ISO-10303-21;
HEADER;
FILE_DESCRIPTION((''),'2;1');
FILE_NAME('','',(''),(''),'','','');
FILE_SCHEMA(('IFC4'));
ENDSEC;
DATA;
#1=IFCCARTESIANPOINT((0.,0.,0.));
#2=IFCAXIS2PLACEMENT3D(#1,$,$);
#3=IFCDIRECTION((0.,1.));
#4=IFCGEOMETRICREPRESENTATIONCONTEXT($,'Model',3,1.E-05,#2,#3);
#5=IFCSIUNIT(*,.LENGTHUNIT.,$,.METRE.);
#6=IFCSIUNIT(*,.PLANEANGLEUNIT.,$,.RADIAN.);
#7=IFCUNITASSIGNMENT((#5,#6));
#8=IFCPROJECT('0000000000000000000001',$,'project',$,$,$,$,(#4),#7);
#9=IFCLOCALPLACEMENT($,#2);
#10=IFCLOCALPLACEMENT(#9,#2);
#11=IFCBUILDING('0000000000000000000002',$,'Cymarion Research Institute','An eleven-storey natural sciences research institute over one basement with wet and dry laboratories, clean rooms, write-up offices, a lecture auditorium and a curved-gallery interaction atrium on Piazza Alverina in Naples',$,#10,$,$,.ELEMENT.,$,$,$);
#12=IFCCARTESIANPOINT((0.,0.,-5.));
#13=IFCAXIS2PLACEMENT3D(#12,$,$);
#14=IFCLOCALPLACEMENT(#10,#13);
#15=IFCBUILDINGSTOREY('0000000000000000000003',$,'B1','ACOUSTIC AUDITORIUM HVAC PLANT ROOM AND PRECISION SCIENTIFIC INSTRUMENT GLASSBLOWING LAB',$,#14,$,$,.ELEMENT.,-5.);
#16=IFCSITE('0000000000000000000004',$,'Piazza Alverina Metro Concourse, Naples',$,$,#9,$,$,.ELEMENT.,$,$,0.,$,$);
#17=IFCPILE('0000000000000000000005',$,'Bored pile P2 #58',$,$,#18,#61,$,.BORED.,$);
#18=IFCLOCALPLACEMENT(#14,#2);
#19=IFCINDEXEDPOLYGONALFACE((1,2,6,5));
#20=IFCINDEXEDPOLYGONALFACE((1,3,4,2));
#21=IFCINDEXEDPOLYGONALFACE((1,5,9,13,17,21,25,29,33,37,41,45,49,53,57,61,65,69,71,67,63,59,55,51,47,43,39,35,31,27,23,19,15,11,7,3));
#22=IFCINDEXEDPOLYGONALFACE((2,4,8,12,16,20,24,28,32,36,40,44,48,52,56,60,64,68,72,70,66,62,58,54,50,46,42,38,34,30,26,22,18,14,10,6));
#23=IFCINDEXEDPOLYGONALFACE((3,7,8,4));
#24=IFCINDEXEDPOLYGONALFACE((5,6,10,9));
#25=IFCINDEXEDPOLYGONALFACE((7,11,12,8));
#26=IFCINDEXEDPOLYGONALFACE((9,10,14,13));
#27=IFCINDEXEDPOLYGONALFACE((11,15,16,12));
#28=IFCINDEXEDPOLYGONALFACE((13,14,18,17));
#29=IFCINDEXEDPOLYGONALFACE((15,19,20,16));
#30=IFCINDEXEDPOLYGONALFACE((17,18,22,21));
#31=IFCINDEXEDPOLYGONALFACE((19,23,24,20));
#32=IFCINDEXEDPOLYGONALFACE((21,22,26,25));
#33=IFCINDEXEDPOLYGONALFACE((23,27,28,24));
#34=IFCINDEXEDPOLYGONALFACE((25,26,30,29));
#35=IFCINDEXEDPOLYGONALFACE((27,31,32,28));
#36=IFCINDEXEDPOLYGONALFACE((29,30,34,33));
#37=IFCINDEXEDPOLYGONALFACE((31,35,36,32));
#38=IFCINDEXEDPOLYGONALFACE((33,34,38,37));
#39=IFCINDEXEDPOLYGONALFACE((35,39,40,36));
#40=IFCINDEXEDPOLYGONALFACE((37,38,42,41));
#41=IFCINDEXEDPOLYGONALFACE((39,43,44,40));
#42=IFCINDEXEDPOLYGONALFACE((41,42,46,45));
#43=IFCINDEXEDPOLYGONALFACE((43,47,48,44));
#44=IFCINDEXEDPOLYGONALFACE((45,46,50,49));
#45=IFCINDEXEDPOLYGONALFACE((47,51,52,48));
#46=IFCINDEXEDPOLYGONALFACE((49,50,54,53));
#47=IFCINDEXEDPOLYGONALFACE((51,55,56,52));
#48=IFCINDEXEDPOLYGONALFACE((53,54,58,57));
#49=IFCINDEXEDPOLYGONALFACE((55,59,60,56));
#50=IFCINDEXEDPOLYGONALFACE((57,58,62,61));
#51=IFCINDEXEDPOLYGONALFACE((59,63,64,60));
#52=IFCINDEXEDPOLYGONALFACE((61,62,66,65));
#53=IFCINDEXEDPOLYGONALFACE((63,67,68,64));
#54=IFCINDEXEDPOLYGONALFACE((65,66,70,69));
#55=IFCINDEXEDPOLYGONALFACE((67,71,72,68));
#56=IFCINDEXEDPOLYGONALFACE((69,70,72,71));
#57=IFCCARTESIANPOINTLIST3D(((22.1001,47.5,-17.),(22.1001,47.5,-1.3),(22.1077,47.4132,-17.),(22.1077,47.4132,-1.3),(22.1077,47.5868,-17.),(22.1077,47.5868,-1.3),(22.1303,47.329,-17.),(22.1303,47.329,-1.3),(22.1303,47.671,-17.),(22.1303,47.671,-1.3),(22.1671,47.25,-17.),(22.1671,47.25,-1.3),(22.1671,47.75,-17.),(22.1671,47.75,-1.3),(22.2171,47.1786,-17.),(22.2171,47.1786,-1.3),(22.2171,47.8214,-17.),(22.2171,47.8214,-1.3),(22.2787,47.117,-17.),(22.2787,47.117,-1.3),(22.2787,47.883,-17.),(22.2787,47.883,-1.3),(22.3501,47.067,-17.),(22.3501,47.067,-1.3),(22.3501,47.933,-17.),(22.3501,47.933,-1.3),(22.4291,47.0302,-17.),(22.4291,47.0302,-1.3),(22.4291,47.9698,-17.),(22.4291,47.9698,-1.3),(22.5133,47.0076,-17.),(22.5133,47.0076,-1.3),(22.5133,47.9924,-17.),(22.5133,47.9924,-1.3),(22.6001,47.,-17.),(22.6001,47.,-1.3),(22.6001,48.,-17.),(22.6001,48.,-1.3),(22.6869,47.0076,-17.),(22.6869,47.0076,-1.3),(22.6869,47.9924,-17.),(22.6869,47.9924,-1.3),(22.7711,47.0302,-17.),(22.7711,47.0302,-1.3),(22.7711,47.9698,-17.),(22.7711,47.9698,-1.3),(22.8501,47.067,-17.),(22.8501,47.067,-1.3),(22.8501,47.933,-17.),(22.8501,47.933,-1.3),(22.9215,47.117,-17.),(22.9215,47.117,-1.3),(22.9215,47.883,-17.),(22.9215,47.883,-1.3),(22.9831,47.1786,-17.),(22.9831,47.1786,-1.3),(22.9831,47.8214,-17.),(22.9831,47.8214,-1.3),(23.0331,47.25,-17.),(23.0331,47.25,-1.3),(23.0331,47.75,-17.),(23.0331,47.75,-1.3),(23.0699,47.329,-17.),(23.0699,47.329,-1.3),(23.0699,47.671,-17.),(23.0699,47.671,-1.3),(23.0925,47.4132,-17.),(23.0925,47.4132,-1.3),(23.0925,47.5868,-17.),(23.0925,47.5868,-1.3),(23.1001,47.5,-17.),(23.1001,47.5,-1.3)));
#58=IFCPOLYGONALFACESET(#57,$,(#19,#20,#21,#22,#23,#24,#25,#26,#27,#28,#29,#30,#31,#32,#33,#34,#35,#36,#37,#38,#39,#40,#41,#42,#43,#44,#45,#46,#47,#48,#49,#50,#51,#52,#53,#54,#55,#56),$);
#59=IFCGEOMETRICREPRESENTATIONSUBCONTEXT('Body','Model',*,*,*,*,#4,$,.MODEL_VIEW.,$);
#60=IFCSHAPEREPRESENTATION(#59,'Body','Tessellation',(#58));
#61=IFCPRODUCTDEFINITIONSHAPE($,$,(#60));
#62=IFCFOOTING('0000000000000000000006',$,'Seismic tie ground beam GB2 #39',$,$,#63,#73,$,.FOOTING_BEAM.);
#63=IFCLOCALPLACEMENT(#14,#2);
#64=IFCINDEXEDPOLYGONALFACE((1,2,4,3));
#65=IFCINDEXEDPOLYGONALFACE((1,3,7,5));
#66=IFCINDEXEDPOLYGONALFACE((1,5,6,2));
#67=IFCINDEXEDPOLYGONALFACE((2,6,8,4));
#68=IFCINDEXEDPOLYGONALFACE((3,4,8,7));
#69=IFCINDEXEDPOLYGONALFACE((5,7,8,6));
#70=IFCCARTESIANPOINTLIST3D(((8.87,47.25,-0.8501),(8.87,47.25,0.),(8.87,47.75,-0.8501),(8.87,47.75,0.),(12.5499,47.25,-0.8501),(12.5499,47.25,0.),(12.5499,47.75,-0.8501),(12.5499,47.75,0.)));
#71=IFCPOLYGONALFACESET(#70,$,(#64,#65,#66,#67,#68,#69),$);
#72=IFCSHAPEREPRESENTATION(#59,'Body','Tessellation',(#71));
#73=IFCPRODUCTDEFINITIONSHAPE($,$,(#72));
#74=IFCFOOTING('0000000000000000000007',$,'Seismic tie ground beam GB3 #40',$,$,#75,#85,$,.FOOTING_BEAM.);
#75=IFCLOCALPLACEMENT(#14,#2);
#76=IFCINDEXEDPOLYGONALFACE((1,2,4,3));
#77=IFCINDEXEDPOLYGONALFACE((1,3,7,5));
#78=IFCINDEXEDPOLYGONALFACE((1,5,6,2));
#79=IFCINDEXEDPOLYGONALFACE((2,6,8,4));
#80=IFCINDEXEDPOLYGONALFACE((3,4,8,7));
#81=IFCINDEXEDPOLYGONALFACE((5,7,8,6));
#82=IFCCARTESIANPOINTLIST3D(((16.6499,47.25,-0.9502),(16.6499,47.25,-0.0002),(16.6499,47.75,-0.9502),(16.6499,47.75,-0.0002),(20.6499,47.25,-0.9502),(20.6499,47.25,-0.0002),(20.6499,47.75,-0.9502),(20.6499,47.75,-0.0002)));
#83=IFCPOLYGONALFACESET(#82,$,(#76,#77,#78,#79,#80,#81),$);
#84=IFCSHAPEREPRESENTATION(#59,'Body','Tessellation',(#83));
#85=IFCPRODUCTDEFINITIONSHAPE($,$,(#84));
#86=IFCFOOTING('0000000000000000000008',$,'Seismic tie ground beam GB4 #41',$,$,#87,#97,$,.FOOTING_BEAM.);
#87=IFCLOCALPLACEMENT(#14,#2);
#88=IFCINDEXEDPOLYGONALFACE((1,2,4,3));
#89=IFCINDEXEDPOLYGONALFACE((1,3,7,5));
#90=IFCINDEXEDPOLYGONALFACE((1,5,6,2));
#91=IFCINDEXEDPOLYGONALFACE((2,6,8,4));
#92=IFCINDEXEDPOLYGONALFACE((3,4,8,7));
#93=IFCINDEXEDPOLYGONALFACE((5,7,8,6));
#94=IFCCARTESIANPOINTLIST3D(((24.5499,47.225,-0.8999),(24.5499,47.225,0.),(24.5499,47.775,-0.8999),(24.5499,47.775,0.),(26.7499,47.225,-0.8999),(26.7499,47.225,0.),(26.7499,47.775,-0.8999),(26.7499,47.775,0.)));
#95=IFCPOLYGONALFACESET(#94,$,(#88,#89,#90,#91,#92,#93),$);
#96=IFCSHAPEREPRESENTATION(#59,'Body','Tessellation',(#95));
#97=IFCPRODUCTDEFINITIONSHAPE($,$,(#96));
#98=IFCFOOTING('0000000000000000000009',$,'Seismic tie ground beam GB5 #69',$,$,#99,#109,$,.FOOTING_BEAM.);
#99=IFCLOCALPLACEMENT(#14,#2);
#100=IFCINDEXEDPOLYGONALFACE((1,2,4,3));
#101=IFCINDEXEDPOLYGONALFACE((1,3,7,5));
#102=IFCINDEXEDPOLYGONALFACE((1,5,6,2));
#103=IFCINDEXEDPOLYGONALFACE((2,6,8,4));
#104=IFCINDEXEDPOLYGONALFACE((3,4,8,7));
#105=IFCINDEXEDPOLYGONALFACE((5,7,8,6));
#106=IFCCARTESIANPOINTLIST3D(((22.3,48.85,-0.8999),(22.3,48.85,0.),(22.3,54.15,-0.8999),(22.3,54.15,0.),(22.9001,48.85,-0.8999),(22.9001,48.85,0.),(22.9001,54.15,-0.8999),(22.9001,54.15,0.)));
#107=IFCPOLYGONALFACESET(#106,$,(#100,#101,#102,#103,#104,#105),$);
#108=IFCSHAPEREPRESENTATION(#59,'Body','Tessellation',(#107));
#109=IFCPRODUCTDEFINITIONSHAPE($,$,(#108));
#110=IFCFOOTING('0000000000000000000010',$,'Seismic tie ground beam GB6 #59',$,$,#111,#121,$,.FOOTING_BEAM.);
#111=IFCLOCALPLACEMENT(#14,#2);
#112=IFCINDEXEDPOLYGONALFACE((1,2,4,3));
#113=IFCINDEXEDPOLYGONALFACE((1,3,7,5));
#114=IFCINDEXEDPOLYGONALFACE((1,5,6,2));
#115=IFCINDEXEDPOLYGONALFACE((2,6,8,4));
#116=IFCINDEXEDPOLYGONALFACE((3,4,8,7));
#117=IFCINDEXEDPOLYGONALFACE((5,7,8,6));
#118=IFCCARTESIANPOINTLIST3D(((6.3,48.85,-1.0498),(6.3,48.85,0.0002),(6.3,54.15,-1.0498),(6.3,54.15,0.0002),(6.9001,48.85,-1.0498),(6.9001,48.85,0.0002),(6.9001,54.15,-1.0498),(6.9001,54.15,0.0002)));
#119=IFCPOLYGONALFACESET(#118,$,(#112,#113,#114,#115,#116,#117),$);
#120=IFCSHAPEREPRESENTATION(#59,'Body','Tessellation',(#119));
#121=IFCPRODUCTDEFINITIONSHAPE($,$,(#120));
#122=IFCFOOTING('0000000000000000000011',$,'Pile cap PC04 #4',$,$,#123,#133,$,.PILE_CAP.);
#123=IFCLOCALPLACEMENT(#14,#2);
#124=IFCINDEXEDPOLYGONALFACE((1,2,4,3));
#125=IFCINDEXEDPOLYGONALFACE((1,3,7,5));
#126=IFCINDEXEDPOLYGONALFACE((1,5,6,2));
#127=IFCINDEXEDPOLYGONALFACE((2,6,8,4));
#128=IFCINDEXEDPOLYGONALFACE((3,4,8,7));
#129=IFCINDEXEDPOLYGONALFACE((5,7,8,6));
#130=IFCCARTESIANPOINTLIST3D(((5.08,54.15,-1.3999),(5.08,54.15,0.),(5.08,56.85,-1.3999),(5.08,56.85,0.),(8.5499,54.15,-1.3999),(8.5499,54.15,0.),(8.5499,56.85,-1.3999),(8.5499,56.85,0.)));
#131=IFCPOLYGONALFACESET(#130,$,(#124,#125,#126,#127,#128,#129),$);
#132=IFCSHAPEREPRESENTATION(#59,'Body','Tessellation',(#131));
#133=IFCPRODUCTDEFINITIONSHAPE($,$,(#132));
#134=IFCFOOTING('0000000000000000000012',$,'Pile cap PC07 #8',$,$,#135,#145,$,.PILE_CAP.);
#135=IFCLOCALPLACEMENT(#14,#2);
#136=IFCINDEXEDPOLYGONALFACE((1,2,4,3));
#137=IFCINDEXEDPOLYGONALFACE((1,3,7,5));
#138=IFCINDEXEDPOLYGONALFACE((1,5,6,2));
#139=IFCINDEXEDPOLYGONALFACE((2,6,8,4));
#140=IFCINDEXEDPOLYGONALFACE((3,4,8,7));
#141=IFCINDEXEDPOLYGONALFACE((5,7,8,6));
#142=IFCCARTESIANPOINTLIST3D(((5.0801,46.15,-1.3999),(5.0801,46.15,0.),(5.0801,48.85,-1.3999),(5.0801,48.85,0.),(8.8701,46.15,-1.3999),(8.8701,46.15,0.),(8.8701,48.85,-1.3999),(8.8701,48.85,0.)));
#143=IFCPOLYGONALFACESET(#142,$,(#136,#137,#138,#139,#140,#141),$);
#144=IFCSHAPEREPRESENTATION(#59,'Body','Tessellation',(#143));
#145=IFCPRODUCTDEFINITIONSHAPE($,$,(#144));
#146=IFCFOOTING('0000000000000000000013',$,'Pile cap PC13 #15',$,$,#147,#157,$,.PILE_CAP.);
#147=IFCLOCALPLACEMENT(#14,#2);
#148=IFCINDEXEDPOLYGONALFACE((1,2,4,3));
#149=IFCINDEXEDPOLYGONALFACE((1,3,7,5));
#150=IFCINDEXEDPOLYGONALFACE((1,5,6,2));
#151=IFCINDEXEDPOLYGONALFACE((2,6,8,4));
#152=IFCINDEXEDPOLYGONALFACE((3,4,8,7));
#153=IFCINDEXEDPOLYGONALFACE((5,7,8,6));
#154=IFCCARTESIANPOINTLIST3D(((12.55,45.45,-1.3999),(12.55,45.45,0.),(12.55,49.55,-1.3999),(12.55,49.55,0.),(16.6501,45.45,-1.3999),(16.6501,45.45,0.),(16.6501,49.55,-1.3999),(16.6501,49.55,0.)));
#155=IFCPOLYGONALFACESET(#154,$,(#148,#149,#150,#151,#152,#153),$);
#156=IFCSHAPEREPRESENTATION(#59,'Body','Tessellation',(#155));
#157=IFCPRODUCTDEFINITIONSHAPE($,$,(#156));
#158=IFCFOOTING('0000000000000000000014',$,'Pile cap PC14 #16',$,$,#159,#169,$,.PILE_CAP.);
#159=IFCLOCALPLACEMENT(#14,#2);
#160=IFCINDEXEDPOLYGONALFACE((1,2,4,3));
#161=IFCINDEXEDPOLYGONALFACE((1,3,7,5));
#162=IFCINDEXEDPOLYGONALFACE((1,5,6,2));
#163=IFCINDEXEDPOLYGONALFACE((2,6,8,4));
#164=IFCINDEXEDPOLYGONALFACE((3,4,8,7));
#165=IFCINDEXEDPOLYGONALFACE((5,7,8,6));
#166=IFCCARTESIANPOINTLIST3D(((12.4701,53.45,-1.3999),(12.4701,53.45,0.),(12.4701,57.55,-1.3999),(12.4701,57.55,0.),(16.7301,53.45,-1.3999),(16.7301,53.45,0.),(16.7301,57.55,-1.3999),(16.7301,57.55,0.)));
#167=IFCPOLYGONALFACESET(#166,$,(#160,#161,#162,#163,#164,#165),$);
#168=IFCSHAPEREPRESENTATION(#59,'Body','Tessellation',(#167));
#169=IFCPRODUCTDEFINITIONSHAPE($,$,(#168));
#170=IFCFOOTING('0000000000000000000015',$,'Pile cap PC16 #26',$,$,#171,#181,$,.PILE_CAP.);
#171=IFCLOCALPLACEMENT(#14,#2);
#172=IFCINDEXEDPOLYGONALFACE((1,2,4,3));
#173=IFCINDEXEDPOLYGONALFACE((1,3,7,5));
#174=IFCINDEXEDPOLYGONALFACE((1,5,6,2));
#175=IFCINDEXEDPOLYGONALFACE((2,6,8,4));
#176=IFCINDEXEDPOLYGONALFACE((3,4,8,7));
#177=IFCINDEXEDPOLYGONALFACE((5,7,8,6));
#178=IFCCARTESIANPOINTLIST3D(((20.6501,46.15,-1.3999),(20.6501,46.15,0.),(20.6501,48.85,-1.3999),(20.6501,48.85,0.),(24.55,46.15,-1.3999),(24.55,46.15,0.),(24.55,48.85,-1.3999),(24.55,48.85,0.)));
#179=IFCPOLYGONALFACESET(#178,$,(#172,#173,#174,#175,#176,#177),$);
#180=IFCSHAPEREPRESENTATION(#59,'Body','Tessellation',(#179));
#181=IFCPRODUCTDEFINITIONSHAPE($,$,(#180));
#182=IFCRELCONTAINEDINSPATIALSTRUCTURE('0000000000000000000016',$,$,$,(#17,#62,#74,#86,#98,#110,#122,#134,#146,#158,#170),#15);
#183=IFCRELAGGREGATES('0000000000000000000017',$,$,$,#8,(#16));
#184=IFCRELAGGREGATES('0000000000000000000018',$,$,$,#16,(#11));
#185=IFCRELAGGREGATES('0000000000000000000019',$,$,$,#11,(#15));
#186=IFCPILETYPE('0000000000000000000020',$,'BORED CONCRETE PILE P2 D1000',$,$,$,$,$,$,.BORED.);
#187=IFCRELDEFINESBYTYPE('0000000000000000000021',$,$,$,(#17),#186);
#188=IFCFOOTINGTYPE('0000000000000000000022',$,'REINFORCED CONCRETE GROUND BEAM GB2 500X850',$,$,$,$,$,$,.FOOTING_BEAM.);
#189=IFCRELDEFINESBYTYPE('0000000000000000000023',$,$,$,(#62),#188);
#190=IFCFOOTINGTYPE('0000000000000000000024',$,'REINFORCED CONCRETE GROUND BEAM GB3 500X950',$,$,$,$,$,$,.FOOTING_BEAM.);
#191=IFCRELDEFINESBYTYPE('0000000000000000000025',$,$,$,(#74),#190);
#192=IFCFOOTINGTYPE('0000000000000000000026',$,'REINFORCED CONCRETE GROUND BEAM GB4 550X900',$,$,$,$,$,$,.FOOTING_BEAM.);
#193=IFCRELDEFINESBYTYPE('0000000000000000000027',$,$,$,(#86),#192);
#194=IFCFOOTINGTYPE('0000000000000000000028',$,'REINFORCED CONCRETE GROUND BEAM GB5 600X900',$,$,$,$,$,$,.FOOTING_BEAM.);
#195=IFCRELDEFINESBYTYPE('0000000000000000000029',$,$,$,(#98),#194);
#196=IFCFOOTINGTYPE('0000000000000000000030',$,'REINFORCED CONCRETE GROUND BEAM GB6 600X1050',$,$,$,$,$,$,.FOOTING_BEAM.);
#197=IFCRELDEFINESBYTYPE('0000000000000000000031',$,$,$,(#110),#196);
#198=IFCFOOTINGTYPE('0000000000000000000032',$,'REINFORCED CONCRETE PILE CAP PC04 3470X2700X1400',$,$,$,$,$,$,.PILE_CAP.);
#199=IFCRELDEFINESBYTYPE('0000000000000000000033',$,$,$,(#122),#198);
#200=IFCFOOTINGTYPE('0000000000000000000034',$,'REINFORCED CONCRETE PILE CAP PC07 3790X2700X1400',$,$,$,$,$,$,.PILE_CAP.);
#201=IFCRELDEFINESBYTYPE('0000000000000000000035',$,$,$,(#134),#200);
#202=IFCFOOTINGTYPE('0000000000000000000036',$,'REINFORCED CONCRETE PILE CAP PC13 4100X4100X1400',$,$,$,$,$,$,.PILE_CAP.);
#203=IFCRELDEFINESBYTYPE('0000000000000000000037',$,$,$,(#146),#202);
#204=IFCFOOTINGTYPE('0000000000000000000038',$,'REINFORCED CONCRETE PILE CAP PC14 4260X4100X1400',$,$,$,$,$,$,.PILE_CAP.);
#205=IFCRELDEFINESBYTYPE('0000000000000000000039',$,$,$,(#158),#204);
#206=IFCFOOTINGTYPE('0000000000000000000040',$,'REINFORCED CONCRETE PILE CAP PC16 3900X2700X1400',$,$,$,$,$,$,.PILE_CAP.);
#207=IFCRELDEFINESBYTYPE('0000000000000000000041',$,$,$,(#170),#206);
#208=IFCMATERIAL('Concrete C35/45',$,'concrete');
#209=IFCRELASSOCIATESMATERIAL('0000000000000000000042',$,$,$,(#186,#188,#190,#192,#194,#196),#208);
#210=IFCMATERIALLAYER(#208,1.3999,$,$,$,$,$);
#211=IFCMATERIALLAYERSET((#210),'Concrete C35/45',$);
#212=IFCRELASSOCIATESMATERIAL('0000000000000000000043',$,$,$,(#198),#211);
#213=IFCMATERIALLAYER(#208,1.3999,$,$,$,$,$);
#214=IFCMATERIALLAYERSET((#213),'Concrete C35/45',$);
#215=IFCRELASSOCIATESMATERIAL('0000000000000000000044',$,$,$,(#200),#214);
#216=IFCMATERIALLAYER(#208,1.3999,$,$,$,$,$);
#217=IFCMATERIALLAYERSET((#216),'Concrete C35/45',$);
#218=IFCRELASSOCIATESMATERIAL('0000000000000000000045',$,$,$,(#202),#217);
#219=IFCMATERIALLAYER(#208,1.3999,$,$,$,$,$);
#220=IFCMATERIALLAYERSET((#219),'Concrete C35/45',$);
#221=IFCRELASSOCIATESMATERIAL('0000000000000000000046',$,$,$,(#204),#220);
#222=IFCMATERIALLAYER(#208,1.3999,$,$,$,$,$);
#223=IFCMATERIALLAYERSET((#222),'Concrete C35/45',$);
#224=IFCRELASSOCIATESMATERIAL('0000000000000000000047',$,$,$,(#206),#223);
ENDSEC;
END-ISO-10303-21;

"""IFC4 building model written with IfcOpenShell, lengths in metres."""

from ifc_helpers import new_model, si_unit, direction, frame, origin, origin_2d, place, context, subcontext, project, spatial, rectangle, circle, extrude, material, layer, layer_set, material_profile, profile_set, type_object, element, save


model = new_model("IFC4")

# Units and contexts
model_context = context("Model", 3, precision=1e-05, world=origin(), true_north=direction((0.0, 1.0)))
body_context = subcontext(model_context, "Body", "Model", "MODEL_VIEW")
ifc_project = project(units=[si_unit("LENGTHUNIT", "METRE"), si_unit("PLANEANGLEUNIT", "RADIAN")], contexts=[model_context])

# Site, building, storey
site_placement = place(None, origin())
site = spatial("IfcSite", under=ifc_project, at=site_placement, Name="Piazza Alverina Metro Concourse, Naples", CompositionType="ELEMENT", RefElevation=0.0)
building_placement = place(site_placement, origin())
building = spatial("IfcBuilding", under=site, at=building_placement, Name="Cymarion Research Institute", Description="An eleven-storey natural sciences research institute over one basement with wet and dry laboratories, clean rooms, write-up offices, a lecture auditorium and a curved-gallery interaction atrium on Piazza Alverina in Naples", CompositionType="ELEMENT")
storey_placement = place(building_placement, frame((0.0, 0.0, -5.0)))
storey = spatial("IfcBuildingStorey", under=building, at=storey_placement, Name="B1", Description="ACOUSTIC AUDITORIUM HVAC PLANT ROOM AND PRECISION SCIENTIFIC INSTRUMENT GLASSBLOWING LAB", CompositionType="ELEMENT", Elevation=-5.0)

# Pile
ifc_material_1 = material(Name="Concrete C35/45", Category="concrete")
ifc_material_profile_1 = material_profile(ifc_material_1, circle(Radius=0.5, at=origin_2d()), Name="BORED PILE D1000")
ifc_profile_set_1 = profile_set([ifc_material_profile_1], Name="Concrete C35/45")
pile_type_1 = type_object("IfcPileType", Name="BORED CONCRETE PILE P2 D1000", PredefinedType="BORED", material=ifc_profile_set_1)
for number, where, z_axis, x_axis, name in (
    (1, (22.6001, 47.5, -1.3), (0.0, 0.0, -1.0), (1.0, 0.0, 0.0), "Bored pile P2 #58"),
):
    element("IfcPile", number, at=place(storey_placement, frame(where, z_axis=z_axis, x_axis=x_axis)), inside=storey, type_object=pile_type_1, Name=name, PredefinedType="BORED", context=body_context, shape_type="SweptSolid", body=[
        extrude(circle(Radius=0.5, at=origin_2d()), origin(), (0.0, 0.0, 1.0), 15.7),
    ])

# Footings
footing_type_1 = type_object("IfcFootingType", Name="REINFORCED CONCRETE GROUND BEAM GB2 500X850", PredefinedType="FOOTING_BEAM", material=ifc_material_1)
footing_1_placement = place(storey_placement, frame((10.71, 47.5, -0.8501), z_axis=(0.0, 0.0, 1.0), x_axis=(1.0, 0.0, 0.0)))
element("IfcFooting", 2, at=footing_1_placement, inside=storey, type_object=footing_type_1, Name="Seismic tie ground beam GB2 #39", PredefinedType="FOOTING_BEAM", context=body_context, shape_type="SweptSolid", body=[
    extrude(rectangle(XDim=3.6799, YDim=0.5, at=origin_2d()), origin(), (0.0, 0.0, 1.0), 0.8501),
])
footing_type_2 = type_object("IfcFootingType", Name="REINFORCED CONCRETE GROUND BEAM GB3 500X950", PredefinedType="FOOTING_BEAM", material=ifc_material_1)
footing_2_placement = place(storey_placement, frame((18.6499, 47.5, -0.9502), z_axis=(0.0, 0.0, 1.0), x_axis=(1.0, 0.0, 0.0)))
element("IfcFooting", 3, at=footing_2_placement, inside=storey, type_object=footing_type_2, Name="Seismic tie ground beam GB3 #40", PredefinedType="FOOTING_BEAM", context=body_context, shape_type="SweptSolid", body=[
    extrude(rectangle(XDim=4.0, YDim=0.5, at=origin_2d()), origin(), (0.0, 0.0, 1.0), 0.95),
])
footing_type_3 = type_object("IfcFootingType", Name="REINFORCED CONCRETE GROUND BEAM GB4 550X900", PredefinedType="FOOTING_BEAM", material=ifc_material_1)
footing_3_placement = place(storey_placement, frame((25.6499, 47.5, -0.8999), z_axis=(0.0, 0.0, 1.0), x_axis=(1.0, 0.0, 0.0)))
element("IfcFooting", 4, at=footing_3_placement, inside=storey, type_object=footing_type_3, Name="Seismic tie ground beam GB4 #41", PredefinedType="FOOTING_BEAM", context=body_context, shape_type="SweptSolid", body=[
    extrude(rectangle(XDim=2.2, YDim=0.55, at=origin_2d()), origin(), (0.0, 0.0, 1.0), 0.8999),
])
footing_type_4 = type_object("IfcFootingType", Name="REINFORCED CONCRETE GROUND BEAM GB5 600X900", PredefinedType="FOOTING_BEAM", material=ifc_material_1)
footing_4_placement = place(storey_placement, frame((22.6001, 51.5, -0.8999), z_axis=(0.0, 0.0, 1.0), x_axis=(0.0, 1.0, 0.0)))
element("IfcFooting", 5, at=footing_4_placement, inside=storey, type_object=footing_type_4, Name="Seismic tie ground beam GB5 #69", PredefinedType="FOOTING_BEAM", context=body_context, shape_type="SweptSolid", body=[
    extrude(rectangle(XDim=5.3, YDim=0.6001, at=origin_2d()), origin(), (0.0, 0.0, 1.0), 0.8999),
])
footing_type_5 = type_object("IfcFootingType", Name="REINFORCED CONCRETE GROUND BEAM GB6 600X1050", PredefinedType="FOOTING_BEAM", material=ifc_material_1)
footing_5_placement = place(storey_placement, frame((6.6001, 51.5, -1.0498), z_axis=(0.0, 0.0, 1.0), x_axis=(0.0, 1.0, 0.0)))
element("IfcFooting", 6, at=footing_5_placement, inside=storey, type_object=footing_type_5, Name="Seismic tie ground beam GB6 #59", PredefinedType="FOOTING_BEAM", context=body_context, shape_type="SweptSolid", body=[
    extrude(rectangle(XDim=5.3, YDim=0.6001, at=origin_2d()), origin(), (0.0, 0.0, 1.0), 1.05),
])
ifc_layer_1 = layer(ifc_material_1, 1.3999)
ifc_layer_set_1 = layer_set([ifc_layer_1], Name="Concrete C35/45")
footing_type_6 = type_object("IfcFootingType", Name="REINFORCED CONCRETE PILE CAP PC04 3470X2700X1400", PredefinedType="PILE_CAP", material=ifc_layer_set_1)
footing_6_placement = place(storey_placement, frame((6.8149, 55.5, -1.3999), z_axis=(0.0, 0.0, 1.0), x_axis=(1.0, 0.0, 0.0)))
element("IfcFooting", 7, at=footing_6_placement, inside=storey, type_object=footing_type_6, Name="Pile cap PC04 #4", PredefinedType="PILE_CAP", context=body_context, shape_type="SweptSolid", body=[
    extrude(rectangle(XDim=3.47, YDim=2.7, at=origin_2d()), origin(), (0.0, 0.0, 1.0), 1.3999),
])
ifc_layer_2 = layer(ifc_material_1, 1.3999)
ifc_layer_set_2 = layer_set([ifc_layer_2], Name="Concrete C35/45")
footing_type_7 = type_object("IfcFootingType", Name="REINFORCED CONCRETE PILE CAP PC07 3790X2700X1400", PredefinedType="PILE_CAP", material=ifc_layer_set_2)
footing_7_placement = place(storey_placement, frame((6.9751, 47.5, -1.3999), z_axis=(0.0, 0.0, 1.0), x_axis=(1.0, 0.0, 0.0)))
element("IfcFooting", 8, at=footing_7_placement, inside=storey, type_object=footing_type_7, Name="Pile cap PC07 #8", PredefinedType="PILE_CAP", context=body_context, shape_type="SweptSolid", body=[
    extrude(rectangle(XDim=3.79, YDim=2.7, at=origin_2d()), origin(), (0.0, 0.0, 1.0), 1.3999),
])
ifc_layer_3 = layer(ifc_material_1, 1.3999)
ifc_layer_set_3 = layer_set([ifc_layer_3], Name="Concrete C35/45")
footing_type_8 = type_object("IfcFootingType", Name="REINFORCED CONCRETE PILE CAP PC13 4100X4100X1400", PredefinedType="PILE_CAP", material=ifc_layer_set_3)
footing_8_placement = place(storey_placement, frame((14.6001, 47.5, -1.3999), z_axis=(0.0, 0.0, 1.0), x_axis=(1.0, 0.0, 0.0)))
element("IfcFooting", 9, at=footing_8_placement, inside=storey, type_object=footing_type_8, Name="Pile cap PC13 #15", PredefinedType="PILE_CAP", context=body_context, shape_type="SweptSolid", body=[
    extrude(rectangle(XDim=4.1001, YDim=4.1001, at=origin_2d()), origin(), (0.0, 0.0, 1.0), 1.3999),
])
ifc_layer_4 = layer(ifc_material_1, 1.3999)
ifc_layer_set_4 = layer_set([ifc_layer_4], Name="Concrete C35/45")
footing_type_9 = type_object("IfcFootingType", Name="REINFORCED CONCRETE PILE CAP PC14 4260X4100X1400", PredefinedType="PILE_CAP", material=ifc_layer_set_4)
footing_9_placement = place(storey_placement, frame((14.6001, 55.5, -1.3999), z_axis=(0.0, 0.0, 1.0), x_axis=(1.0, 0.0, 0.0)))
element("IfcFooting", 10, at=footing_9_placement, inside=storey, type_object=footing_type_9, Name="Pile cap PC14 #16", PredefinedType="PILE_CAP", context=body_context, shape_type="SweptSolid", body=[
    extrude(rectangle(XDim=4.26, YDim=4.1001, at=origin_2d()), origin(), (0.0, 0.0, 1.0), 1.3999),
])
ifc_layer_5 = layer(ifc_material_1, 1.3999)
ifc_layer_set_5 = layer_set([ifc_layer_5], Name="Concrete C35/45")
footing_type_10 = type_object("IfcFootingType", Name="REINFORCED CONCRETE PILE CAP PC16 3900X2700X1400", PredefinedType="PILE_CAP", material=ifc_layer_set_5)
footing_10_placement = place(storey_placement, frame((22.6001, 47.5, -1.3999), z_axis=(0.0, 0.0, 1.0), x_axis=(1.0, 0.0, 0.0)))
element("IfcFooting", 11, at=footing_10_placement, inside=storey, type_object=footing_type_10, Name="Pile cap PC16 #26", PredefinedType="PILE_CAP", context=body_context, shape_type="SweptSolid", body=[
    extrude(rectangle(XDim=3.8999, YDim=2.7, at=origin_2d()), origin(), (0.0, 0.0, 1.0), 1.3999),
])

save(model, "model.ifc")
